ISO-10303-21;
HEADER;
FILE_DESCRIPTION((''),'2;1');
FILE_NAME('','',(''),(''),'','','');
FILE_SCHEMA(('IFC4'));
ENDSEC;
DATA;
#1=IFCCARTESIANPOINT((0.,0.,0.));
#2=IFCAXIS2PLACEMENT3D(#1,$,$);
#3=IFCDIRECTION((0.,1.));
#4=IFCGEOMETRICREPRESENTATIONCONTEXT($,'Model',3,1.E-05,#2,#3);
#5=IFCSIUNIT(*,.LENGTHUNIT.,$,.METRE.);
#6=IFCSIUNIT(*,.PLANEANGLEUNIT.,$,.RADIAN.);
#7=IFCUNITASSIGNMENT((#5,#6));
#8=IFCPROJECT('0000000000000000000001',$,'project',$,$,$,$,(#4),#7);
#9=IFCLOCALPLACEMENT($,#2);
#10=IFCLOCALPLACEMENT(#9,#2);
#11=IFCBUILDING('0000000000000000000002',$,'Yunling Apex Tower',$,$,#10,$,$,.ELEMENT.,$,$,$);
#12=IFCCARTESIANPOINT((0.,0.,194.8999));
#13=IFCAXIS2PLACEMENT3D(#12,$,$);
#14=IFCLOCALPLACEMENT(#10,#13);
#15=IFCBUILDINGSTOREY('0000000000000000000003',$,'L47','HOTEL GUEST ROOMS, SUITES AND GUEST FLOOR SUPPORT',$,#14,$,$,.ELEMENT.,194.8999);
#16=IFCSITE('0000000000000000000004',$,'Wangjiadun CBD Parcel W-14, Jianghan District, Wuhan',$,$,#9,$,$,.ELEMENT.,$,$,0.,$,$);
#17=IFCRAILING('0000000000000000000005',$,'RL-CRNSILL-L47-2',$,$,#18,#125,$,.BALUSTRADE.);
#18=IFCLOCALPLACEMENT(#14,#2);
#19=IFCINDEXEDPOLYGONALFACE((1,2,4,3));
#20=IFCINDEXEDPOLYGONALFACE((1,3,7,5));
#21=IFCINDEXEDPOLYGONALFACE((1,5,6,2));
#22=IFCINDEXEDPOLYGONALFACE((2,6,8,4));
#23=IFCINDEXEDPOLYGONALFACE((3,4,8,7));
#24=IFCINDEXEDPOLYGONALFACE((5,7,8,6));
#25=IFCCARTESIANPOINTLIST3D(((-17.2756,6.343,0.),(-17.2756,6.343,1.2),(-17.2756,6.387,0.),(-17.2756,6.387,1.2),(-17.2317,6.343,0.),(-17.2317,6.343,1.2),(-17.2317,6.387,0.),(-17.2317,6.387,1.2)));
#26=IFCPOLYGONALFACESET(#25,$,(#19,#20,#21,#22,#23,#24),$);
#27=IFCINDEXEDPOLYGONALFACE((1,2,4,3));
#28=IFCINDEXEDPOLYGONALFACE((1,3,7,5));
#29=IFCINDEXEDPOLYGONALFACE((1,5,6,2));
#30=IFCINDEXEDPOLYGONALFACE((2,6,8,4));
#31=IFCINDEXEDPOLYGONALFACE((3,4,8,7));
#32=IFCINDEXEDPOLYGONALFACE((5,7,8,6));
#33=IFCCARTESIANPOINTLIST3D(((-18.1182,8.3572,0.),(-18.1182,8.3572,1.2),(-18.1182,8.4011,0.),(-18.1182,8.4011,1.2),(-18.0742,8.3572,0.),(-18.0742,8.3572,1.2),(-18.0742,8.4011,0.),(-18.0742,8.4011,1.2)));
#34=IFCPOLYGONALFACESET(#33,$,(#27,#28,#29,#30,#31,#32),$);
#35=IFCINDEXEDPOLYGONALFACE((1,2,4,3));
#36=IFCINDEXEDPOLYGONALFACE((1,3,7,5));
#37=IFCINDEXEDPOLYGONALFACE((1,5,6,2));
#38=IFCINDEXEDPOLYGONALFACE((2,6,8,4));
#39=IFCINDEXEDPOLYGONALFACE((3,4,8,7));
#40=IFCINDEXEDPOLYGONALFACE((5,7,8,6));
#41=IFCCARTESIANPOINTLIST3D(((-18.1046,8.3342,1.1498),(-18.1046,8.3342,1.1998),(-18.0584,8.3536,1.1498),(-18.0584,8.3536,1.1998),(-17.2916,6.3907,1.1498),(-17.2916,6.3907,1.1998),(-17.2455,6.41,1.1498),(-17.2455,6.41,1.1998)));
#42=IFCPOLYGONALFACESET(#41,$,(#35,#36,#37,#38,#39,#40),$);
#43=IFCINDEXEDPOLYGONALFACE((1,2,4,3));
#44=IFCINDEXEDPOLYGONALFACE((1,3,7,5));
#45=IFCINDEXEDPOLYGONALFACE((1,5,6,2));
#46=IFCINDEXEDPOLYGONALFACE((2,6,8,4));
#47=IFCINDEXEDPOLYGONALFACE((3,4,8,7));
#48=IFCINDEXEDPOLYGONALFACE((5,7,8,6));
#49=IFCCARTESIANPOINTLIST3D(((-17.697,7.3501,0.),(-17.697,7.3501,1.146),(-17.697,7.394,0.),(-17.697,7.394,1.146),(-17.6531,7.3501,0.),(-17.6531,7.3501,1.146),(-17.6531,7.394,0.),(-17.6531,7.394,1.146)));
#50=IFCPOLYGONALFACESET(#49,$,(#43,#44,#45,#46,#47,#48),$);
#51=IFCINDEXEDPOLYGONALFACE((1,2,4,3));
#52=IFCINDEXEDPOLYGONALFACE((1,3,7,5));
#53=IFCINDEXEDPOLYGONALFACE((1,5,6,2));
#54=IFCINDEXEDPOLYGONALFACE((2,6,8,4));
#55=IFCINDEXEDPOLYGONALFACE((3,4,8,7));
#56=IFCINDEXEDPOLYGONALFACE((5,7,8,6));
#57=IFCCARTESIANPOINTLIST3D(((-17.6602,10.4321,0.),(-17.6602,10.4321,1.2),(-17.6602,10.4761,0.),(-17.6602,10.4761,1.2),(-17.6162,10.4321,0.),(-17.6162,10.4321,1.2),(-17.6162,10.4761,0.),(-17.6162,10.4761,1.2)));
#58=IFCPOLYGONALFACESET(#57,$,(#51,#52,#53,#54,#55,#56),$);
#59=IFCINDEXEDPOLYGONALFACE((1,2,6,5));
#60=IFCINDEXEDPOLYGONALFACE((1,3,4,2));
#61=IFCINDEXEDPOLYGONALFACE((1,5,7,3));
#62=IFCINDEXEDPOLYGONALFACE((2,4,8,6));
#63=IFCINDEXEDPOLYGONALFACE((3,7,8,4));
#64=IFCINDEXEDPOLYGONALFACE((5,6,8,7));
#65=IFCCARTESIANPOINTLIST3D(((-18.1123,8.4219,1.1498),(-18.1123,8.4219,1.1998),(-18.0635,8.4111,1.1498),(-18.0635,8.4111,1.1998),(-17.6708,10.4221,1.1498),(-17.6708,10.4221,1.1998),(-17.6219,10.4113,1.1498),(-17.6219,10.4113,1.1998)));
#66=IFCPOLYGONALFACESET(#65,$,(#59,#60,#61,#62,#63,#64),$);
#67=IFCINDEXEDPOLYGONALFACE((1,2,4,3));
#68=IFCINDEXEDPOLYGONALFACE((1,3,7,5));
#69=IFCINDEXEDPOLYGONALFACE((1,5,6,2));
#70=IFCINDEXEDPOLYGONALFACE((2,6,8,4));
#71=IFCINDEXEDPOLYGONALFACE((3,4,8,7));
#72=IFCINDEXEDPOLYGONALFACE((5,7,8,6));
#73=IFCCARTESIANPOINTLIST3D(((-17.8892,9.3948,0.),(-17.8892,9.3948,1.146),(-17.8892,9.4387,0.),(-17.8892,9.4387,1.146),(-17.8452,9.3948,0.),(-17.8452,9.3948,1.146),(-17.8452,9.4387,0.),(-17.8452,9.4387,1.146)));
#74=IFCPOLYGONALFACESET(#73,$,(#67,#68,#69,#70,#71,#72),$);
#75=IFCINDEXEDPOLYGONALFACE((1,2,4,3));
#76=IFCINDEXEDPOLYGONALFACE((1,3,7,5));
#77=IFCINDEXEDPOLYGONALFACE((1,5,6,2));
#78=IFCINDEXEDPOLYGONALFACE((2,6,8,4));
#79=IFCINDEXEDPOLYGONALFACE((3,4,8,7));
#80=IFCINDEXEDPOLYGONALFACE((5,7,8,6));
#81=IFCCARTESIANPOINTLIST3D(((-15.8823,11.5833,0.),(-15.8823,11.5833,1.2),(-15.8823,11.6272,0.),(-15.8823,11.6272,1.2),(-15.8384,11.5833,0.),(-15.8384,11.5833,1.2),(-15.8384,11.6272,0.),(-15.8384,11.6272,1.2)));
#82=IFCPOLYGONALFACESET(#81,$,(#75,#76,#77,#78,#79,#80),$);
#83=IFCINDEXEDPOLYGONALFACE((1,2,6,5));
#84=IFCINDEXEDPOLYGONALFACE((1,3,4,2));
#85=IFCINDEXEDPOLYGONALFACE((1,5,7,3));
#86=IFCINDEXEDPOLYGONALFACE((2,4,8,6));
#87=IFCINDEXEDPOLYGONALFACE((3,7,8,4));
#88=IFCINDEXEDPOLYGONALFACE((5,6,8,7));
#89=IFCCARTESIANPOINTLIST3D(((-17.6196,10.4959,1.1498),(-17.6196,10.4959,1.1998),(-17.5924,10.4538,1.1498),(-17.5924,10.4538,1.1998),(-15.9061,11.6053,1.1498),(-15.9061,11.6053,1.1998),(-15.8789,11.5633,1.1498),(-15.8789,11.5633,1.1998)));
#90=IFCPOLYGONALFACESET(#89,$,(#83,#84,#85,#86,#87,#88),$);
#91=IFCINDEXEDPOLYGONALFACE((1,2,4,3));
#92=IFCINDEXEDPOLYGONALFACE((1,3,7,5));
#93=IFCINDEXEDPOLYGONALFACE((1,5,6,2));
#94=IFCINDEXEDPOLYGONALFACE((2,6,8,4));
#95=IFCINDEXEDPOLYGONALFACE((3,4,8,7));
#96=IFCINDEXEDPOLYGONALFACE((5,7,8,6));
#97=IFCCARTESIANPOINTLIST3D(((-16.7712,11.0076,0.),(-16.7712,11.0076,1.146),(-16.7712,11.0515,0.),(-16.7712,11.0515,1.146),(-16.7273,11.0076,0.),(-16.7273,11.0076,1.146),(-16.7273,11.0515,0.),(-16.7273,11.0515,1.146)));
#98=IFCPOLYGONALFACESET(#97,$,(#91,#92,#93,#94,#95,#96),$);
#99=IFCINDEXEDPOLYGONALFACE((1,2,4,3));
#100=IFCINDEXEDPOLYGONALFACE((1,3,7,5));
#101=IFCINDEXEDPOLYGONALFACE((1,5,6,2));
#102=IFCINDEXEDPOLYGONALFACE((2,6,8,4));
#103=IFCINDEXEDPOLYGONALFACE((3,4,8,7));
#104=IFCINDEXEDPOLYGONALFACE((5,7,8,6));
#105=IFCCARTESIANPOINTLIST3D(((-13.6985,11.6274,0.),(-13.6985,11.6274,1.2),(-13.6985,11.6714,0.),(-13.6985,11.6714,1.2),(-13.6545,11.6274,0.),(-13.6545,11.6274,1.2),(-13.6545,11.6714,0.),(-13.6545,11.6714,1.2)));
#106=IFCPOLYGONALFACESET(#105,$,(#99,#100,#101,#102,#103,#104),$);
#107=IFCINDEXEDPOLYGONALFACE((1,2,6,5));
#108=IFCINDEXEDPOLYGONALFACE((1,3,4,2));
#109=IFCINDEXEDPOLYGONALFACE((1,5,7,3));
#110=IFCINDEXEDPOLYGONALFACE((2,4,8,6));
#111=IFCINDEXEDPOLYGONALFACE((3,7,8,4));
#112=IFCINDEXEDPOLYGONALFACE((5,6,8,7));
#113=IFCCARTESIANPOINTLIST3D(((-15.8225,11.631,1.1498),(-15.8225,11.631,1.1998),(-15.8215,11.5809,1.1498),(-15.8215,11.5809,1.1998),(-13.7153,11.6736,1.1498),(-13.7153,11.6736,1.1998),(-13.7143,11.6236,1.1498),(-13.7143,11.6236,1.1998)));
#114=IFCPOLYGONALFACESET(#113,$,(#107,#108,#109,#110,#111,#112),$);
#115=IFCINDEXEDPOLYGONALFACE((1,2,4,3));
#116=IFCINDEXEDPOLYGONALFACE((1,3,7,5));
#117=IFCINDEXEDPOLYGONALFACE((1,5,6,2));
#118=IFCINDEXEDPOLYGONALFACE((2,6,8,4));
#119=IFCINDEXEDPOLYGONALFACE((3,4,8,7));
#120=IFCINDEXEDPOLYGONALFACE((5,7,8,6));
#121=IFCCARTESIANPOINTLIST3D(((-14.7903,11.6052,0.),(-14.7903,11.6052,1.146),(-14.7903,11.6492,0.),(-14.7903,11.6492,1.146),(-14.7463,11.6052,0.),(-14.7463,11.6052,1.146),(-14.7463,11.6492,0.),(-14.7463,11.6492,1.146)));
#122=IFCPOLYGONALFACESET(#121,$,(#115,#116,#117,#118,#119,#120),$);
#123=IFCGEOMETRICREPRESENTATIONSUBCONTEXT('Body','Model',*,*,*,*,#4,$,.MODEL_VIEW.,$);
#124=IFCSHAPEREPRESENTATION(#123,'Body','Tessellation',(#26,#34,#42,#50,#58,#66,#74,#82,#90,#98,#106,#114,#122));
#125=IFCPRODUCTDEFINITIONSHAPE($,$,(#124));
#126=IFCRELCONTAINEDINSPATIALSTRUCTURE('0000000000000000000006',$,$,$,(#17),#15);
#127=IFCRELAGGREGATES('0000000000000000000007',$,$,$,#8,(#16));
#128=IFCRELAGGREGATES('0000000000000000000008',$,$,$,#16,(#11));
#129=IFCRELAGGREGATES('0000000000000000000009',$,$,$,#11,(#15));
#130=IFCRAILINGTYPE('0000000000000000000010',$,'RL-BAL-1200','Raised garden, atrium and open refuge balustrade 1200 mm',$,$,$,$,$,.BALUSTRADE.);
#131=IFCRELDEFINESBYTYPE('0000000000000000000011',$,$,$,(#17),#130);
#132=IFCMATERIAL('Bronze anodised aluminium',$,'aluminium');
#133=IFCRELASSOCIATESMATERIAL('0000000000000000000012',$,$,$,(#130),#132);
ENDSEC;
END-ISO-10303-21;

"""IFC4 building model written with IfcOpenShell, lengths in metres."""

from ifc_helpers import new_model, si_unit, direction, frame, origin, origin_2d, place, context, subcontext, project, spatial, rectangle, extrude, material, type_object, element, save


model = new_model("IFC4")

# Units and contexts
model_context = context("Model", 3, precision=1e-05, world=origin(), true_north=direction((0.0, 1.0)))
body_context = subcontext(model_context, "Body", "Model", "MODEL_VIEW")
ifc_project = project(units=[si_unit("LENGTHUNIT", "METRE"), si_unit("PLANEANGLEUNIT", "RADIAN")], contexts=[model_context])

# Site, building, storey
site_placement = place(None, origin())
site = spatial("IfcSite", under=ifc_project, at=site_placement, Name="Wangjiadun CBD Parcel W-14, Jianghan District, Wuhan", CompositionType="ELEMENT", RefElevation=0.0)
building_placement = place(site_placement, origin())
building = spatial("IfcBuilding", under=site, at=building_placement, Name="Yunling Apex Tower", CompositionType="ELEMENT")
storey_placement = place(building_placement, frame((0.0, 0.0, 194.8999)))
storey = spatial("IfcBuildingStorey", under=building, at=storey_placement, Name="L47", Description="HOTEL GUEST ROOMS, SUITES AND GUEST FLOOR SUPPORT", CompositionType="ELEMENT", Elevation=194.8999)

# Shared definitions
ifc_material_1 = material(Name="Bronze anodised aluminium", Category="aluminium")

# Railing
railing_type = type_object("IfcRailingType", Name="RL-BAL-1200", Description="Raised garden, atrium and open refuge balustrade 1200 mm", PredefinedType="BALUSTRADE", material=ifc_material_1)
railing_placement = place(storey_placement, frame((-17.2537, 6.365, 0.0)))
element("IfcRailing", 1, at=railing_placement, inside=storey, type_object=railing_type, Name="RL-CRNSILL-L47-2", PredefinedType="BALUSTRADE", context=body_context, shape_type="SweptSolid", body=[
    extrude(rectangle(XDim=0.0439, YDim=0.0439, at=origin_2d()), origin(), (0.0, 0.0, 1.0), 1.2),
    extrude(rectangle(XDim=0.0439, YDim=0.0439, at=origin_2d()), frame((-0.8425, 2.0142, 0.0)), (0.0, 0.0, 1.0), 1.2),
    extrude(rectangle(XDim=0.05, YDim=0.05, at=origin_2d()), frame((-0.0149, 0.0354, 1.1748), z_axis=(-0.385901, 0.92254, 0.0), x_axis=(-0.92254, -0.385901, 0.0)), (0.0, 0.0, 1.0), 2.1067),
    extrude(rectangle(XDim=0.0439, YDim=0.0439, at=origin_2d()), frame((-0.4214, 1.0071, 0.0)), (0.0, 0.0, 1.0), 1.146),
    extrude(rectangle(XDim=0.0439, YDim=0.0439, at=origin_2d()), frame((-0.3845, 4.0891, 0.0)), (0.0, 0.0, 1.0), 1.2),
    extrude(rectangle(XDim=0.05, YDim=0.05, at=origin_2d()), frame((-0.8342, 2.0515, 1.1748), z_axis=(0.215543, 0.976494, 0.0), x_axis=(-0.976494, 0.215543, 0.0)), (0.0, 0.0, 1.0), 2.0483),
    extrude(rectangle(XDim=0.0439, YDim=0.0439, at=origin_2d()), frame((-0.6135, 3.0518, 0.0)), (0.0, 0.0, 1.0), 1.146),
    extrude(rectangle(XDim=0.0439, YDim=0.0439, at=origin_2d()), frame((1.3933, 5.2402, 0.0)), (0.0, 0.0, 1.0), 1.2),
    extrude(rectangle(XDim=0.05, YDim=0.05, at=origin_2d()), frame((-0.3523, 4.1099, 1.1748), z_axis=(0.839406, 0.543505, 0.0), x_axis=(-0.543505, 0.839406, 0.0)), (0.0, 0.0, 1.0), 2.0413),
    extrude(rectangle(XDim=0.0439, YDim=0.0439, at=origin_2d()), frame((0.5044, 4.6646, 0.0)), (0.0, 0.0, 1.0), 1.146),
    extrude(rectangle(XDim=0.0439, YDim=0.0439, at=origin_2d()), frame((3.5771, 5.2844, 0.0)), (0.0, 0.0, 1.0), 1.2),
    extrude(rectangle(XDim=0.05, YDim=0.05, at=origin_2d()), frame((1.4316, 5.241, 1.1748), z_axis=(0.999795, 0.020231, 0.0), x_axis=(-0.020231, 0.999795, 0.0)), (0.0, 0.0, 1.0), 2.1077),
    extrude(rectangle(XDim=0.0439, YDim=0.0439, at=origin_2d()), frame((2.4854, 5.2622, 0.0)), (0.0, 0.0, 1.0), 1.146),
])

save(model, "model.ifc")
